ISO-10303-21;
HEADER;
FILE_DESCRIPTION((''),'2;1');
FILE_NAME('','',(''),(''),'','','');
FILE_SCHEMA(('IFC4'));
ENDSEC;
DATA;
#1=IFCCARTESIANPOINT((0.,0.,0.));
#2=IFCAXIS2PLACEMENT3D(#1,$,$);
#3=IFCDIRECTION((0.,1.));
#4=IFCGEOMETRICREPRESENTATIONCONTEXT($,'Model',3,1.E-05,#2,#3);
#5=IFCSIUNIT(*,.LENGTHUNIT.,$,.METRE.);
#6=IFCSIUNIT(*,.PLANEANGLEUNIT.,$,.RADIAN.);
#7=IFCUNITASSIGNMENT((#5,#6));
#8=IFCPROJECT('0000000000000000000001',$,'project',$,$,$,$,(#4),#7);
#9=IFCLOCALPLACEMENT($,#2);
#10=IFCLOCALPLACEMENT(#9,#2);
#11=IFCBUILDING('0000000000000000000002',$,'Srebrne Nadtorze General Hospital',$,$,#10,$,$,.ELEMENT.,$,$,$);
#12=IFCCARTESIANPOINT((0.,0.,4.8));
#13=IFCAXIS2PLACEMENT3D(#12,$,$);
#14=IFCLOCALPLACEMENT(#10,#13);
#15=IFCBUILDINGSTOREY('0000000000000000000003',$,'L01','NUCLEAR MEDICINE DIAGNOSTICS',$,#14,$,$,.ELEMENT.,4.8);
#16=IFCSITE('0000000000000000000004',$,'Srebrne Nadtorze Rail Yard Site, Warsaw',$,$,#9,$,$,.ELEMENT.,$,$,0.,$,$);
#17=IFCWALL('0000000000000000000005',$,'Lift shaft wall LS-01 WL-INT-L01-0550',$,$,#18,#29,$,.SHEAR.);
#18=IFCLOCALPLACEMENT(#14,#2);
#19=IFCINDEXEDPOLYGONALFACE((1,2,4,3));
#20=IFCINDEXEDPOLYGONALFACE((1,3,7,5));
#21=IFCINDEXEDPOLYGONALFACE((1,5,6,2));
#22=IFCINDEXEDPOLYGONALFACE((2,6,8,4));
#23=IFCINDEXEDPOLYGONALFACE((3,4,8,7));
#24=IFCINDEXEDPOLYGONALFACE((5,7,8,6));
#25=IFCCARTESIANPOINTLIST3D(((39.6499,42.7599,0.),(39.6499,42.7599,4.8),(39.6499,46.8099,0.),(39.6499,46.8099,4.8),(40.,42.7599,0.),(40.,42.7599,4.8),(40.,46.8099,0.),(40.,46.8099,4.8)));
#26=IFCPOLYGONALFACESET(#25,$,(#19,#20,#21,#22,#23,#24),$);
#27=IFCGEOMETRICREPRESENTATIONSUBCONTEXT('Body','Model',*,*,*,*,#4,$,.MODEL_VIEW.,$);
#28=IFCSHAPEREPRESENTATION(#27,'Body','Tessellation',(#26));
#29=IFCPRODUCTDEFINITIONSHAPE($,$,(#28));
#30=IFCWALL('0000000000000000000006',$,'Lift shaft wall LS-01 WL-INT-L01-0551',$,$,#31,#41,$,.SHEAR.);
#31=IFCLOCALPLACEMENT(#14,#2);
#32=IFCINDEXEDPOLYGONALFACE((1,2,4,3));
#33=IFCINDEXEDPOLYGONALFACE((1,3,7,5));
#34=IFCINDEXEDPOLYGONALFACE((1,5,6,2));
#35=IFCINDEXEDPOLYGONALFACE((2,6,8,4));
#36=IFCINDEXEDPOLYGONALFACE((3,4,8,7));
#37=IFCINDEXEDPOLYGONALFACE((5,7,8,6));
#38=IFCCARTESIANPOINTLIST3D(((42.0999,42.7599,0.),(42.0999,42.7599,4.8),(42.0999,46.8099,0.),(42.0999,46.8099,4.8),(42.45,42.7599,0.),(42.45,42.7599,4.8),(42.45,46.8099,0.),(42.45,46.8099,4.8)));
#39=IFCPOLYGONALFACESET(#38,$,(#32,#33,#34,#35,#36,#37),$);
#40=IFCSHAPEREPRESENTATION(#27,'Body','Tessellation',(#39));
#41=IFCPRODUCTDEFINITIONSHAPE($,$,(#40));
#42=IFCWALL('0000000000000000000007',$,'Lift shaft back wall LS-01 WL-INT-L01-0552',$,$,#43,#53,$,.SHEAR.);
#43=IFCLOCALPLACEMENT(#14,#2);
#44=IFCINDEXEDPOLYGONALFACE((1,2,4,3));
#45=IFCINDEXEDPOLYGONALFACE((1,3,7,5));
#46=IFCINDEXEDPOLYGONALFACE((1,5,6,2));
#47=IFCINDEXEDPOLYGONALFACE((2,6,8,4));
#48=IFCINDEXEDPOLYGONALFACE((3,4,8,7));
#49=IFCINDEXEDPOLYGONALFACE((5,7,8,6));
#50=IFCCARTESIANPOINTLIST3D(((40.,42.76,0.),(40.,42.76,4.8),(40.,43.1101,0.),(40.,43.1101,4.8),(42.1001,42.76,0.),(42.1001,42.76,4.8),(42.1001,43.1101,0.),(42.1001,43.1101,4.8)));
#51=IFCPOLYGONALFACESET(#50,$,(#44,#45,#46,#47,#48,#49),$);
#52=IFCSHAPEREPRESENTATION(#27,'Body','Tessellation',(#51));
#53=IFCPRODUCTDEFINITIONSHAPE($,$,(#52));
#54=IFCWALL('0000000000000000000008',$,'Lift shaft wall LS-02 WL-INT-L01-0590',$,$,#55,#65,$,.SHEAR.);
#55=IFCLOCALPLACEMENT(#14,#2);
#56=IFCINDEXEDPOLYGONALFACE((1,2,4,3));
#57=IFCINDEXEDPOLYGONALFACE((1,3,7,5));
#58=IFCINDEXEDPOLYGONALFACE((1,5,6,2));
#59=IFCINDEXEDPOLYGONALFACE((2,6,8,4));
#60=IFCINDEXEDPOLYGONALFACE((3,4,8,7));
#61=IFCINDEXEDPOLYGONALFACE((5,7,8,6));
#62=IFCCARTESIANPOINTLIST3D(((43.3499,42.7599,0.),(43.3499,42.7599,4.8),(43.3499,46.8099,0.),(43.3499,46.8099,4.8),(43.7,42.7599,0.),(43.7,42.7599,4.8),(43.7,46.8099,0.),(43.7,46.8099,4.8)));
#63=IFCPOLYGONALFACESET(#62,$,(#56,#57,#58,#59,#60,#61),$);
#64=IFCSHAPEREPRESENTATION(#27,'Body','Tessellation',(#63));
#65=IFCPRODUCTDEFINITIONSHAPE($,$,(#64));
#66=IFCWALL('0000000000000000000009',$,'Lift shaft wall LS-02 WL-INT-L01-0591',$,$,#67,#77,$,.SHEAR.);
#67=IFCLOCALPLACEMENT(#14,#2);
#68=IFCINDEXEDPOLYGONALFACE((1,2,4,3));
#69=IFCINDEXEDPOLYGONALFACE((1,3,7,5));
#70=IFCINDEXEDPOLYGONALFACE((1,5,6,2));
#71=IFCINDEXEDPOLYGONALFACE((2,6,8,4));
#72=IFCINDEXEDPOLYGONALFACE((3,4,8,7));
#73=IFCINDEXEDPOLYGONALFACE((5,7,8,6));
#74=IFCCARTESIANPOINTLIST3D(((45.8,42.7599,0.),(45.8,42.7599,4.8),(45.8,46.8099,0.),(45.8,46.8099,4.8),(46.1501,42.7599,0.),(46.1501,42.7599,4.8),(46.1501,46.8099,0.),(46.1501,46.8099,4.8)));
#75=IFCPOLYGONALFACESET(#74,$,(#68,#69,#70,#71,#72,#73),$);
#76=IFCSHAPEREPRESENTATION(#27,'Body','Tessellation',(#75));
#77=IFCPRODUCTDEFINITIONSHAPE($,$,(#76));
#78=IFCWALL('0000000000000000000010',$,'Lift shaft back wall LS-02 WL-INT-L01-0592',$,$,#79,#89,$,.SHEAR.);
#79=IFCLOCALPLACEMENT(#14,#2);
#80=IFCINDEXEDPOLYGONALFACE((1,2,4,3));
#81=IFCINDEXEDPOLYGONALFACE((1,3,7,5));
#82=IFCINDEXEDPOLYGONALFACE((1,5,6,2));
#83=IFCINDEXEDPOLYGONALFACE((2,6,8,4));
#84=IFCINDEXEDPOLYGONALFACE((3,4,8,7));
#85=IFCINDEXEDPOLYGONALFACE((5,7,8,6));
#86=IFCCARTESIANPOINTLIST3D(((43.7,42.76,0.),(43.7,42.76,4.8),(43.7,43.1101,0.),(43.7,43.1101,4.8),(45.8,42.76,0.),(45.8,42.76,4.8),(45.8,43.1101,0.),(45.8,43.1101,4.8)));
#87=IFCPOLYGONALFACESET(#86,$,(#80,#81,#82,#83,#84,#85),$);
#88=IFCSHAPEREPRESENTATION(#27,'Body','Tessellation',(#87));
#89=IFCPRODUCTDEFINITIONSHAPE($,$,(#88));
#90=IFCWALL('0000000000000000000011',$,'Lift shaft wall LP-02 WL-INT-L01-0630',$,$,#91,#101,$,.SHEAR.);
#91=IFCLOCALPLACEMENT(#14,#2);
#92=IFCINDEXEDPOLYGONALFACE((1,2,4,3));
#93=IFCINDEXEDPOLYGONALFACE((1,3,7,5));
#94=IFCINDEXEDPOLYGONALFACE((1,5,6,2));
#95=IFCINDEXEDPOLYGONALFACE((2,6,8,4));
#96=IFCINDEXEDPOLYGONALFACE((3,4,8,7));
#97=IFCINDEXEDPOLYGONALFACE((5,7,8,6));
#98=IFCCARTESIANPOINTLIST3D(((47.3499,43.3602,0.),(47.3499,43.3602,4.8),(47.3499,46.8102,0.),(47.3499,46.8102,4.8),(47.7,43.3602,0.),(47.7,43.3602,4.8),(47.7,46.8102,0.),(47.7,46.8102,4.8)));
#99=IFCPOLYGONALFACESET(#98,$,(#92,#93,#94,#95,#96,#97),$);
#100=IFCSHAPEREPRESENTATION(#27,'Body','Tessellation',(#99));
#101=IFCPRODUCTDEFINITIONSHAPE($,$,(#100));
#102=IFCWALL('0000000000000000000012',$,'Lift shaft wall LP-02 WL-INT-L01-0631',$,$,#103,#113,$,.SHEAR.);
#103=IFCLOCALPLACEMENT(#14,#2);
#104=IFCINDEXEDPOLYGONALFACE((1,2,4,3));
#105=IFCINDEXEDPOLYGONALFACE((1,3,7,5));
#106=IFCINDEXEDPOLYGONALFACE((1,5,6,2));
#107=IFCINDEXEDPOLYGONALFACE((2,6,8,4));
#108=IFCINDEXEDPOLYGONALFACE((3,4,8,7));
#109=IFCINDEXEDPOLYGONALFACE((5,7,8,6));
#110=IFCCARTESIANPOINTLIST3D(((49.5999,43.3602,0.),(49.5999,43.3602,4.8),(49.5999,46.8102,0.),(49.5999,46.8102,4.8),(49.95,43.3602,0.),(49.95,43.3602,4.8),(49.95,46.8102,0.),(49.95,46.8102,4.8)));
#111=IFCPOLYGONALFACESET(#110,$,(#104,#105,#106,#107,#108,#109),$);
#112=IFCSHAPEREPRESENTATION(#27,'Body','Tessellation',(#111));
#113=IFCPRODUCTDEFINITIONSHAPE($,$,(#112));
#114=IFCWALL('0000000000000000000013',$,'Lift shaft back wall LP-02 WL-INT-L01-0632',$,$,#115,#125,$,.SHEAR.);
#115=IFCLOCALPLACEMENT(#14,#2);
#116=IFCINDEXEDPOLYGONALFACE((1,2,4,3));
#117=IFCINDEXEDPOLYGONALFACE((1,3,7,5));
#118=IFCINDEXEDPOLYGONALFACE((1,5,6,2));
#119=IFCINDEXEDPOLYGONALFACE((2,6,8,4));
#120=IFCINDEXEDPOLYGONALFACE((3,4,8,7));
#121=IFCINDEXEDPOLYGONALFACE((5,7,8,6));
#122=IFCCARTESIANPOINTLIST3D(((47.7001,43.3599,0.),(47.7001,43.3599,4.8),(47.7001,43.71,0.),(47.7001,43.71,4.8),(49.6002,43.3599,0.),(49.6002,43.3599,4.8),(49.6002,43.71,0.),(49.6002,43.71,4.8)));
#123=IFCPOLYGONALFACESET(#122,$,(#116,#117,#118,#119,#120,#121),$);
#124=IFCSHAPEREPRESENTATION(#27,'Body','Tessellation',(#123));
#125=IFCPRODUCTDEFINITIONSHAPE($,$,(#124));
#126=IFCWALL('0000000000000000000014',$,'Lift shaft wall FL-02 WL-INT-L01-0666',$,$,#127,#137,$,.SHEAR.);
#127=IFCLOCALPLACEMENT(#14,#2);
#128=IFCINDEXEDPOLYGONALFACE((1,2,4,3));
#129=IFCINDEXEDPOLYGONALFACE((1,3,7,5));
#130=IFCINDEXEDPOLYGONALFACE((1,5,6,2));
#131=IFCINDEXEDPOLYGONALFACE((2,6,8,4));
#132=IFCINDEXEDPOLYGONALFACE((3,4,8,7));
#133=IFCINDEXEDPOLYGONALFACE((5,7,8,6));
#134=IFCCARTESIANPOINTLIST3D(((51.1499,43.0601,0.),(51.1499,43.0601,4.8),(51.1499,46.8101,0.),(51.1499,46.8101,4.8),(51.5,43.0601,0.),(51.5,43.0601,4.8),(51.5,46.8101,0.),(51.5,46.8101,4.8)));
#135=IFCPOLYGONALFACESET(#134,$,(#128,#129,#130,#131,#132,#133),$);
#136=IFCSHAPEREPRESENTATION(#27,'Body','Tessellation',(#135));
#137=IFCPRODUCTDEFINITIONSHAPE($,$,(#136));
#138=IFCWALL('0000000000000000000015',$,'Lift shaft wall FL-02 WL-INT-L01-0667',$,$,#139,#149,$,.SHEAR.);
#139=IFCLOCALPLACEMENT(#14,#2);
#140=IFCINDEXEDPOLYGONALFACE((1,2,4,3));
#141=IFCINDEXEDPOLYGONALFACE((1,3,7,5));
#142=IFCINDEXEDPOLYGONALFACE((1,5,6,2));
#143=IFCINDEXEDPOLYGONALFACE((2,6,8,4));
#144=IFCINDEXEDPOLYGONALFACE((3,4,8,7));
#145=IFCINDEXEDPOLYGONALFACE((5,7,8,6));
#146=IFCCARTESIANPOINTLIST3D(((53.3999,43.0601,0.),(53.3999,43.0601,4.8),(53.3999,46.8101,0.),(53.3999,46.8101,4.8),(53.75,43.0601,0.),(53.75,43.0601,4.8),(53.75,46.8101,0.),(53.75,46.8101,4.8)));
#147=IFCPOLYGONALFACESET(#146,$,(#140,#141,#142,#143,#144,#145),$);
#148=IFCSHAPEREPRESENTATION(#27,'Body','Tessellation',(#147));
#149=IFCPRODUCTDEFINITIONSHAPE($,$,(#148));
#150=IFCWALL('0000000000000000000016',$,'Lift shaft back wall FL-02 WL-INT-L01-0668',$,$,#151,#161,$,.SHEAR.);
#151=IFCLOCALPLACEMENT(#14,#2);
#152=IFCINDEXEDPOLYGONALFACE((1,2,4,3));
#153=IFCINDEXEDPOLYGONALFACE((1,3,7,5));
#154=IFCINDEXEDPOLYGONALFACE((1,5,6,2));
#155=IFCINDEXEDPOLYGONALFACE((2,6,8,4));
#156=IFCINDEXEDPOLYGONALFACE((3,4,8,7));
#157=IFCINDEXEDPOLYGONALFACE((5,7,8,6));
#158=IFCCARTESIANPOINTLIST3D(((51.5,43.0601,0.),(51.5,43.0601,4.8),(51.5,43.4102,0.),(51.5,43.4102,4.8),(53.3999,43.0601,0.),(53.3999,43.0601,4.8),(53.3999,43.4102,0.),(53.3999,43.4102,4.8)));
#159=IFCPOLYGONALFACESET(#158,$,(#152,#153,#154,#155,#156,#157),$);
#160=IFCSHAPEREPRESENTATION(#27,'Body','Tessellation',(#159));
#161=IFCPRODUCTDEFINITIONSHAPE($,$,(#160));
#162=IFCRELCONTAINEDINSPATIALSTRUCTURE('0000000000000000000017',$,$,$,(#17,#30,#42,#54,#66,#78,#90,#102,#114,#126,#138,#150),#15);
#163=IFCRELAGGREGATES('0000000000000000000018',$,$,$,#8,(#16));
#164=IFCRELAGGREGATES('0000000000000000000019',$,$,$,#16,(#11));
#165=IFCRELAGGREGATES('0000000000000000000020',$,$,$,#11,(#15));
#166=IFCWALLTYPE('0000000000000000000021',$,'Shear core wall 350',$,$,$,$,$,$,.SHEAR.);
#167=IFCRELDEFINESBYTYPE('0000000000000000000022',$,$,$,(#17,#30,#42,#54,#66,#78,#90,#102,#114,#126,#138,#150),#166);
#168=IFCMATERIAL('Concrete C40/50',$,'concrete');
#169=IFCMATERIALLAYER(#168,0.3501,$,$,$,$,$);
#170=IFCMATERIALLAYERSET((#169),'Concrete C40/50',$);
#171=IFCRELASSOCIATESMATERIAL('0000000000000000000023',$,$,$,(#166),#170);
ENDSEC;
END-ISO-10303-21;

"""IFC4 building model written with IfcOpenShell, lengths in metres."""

from ifc_helpers import new_model, si_unit, direction, frame, frame_2d, origin, place, context, subcontext, project, spatial, rectangle, extrude, material, layer, layer_set, type_object, element, save


model = new_model("IFC4")

# Units and contexts
model_context = context("Model", 3, precision=1e-05, world=origin(), true_north=direction((0.0, 1.0)))
body_context = subcontext(model_context, "Body", "Model", "MODEL_VIEW")
ifc_project = project(units=[si_unit("LENGTHUNIT", "METRE"), si_unit("PLANEANGLEUNIT", "RADIAN")], contexts=[model_context])

# Site, building, storey
site_placement = place(None, origin())
site = spatial("IfcSite", under=ifc_project, at=site_placement, Name="Srebrne Nadtorze Rail Yard Site, Warsaw", CompositionType="ELEMENT", RefElevation=0.0)
building_placement = place(site_placement, origin())
building = spatial("IfcBuilding", under=site, at=building_placement, Name="Srebrne Nadtorze General Hospital", CompositionType="ELEMENT")
storey_placement = place(building_placement, frame((0.0, 0.0, 4.8)))
storey = spatial("IfcBuildingStorey", under=building, at=storey_placement, Name="L01", Description="NUCLEAR MEDICINE DIAGNOSTICS", CompositionType="ELEMENT", Elevation=4.8)

# Shared definitions
ifc_material_1 = material(Name="Concrete C40/50", Category="concrete")
ifc_layer_1 = layer(ifc_material_1, 0.3501)
ifc_layer_set_1 = layer_set([ifc_layer_1], Name="Concrete C40/50")
wall_type_1 = type_object("IfcWallType", Name="Shear core wall 350", PredefinedType="SHEAR", material=ifc_layer_set_1)

# Walls
for number, where, z_axis, x_axis, name in (
    (1, (39.825, 42.76, 0.0), (0.0, 0.0, 1.0), (0.0, 1.0, 0.0), "Lift shaft wall LS-01 WL-INT-L01-0550"),
    (2, (42.2749, 42.76, 0.0), (0.0, 0.0, 1.0), (0.0, 1.0, 0.0), "Lift shaft wall LS-01 WL-INT-L01-0551"),
):
    element("IfcWall", number, at=place(storey_placement, frame(where, z_axis=z_axis, x_axis=x_axis)), inside=storey, type_object=wall_type_1, Name=name, PredefinedType="SHEAR", context=body_context, shape_type="SweptSolid", body=[
        extrude(rectangle(XDim=4.05, YDim=0.3501, at=frame_2d((2.0249, 0.0))), origin(), (0.0, 0.0, 1.0), 4.8),
    ])
wall_1_placement = place(storey_placement, frame((40.0, 42.9351, 0.0), z_axis=(0.0, 0.0, 1.0), x_axis=(1.0, 0.0, 0.0)))
element("IfcWall", 3, at=wall_1_placement, inside=storey, type_object=wall_type_1, Name="Lift shaft back wall LS-01 WL-INT-L01-0552", PredefinedType="SHEAR", context=body_context, shape_type="SweptSolid", body=[
    extrude(rectangle(XDim=2.1001, YDim=0.3501, at=frame_2d((1.05, 0.0))), origin(), (0.0, 0.0, 1.0), 4.8),
])
for number, where, z_axis, x_axis, name in (
    (4, (43.5249, 42.76, 0.0), (0.0, 0.0, 1.0), (0.0, 1.0, 0.0), "Lift shaft wall LS-02 WL-INT-L01-0590"),
    (5, (45.9751, 42.76, 0.0), (0.0, 0.0, 1.0), (0.0, 1.0, 0.0), "Lift shaft wall LS-02 WL-INT-L01-0591"),
):
    element("IfcWall", number, at=place(storey_placement, frame(where, z_axis=z_axis, x_axis=x_axis)), inside=storey, type_object=wall_type_1, Name=name, PredefinedType="SHEAR", context=body_context, shape_type="SweptSolid", body=[
        extrude(rectangle(XDim=4.05, YDim=0.3501, at=frame_2d((2.0249, 0.0))), origin(), (0.0, 0.0, 1.0), 4.8),
    ])
wall_2_placement = place(storey_placement, frame((43.7, 42.9351, 0.0), z_axis=(0.0, 0.0, 1.0), x_axis=(1.0, 0.0, 0.0)))
element("IfcWall", 6, at=wall_2_placement, inside=storey, type_object=wall_type_1, Name="Lift shaft back wall LS-02 WL-INT-L01-0592", PredefinedType="SHEAR", context=body_context, shape_type="SweptSolid", body=[
    extrude(rectangle(XDim=2.1001, YDim=0.3501, at=frame_2d((1.05, 0.0))), origin(), (0.0, 0.0, 1.0), 4.8),
])
for number, where, z_axis, x_axis, name in (
    (7, (47.5249, 43.3601, 0.0), (0.0, 0.0, 1.0), (0.0, 1.0, 0.0), "Lift shaft wall LP-02 WL-INT-L01-0630"),
    (8, (49.7749, 43.3601, 0.0), (0.0, 0.0, 1.0), (0.0, 1.0, 0.0), "Lift shaft wall LP-02 WL-INT-L01-0631"),
):
    element("IfcWall", number, at=place(storey_placement, frame(where, z_axis=z_axis, x_axis=x_axis)), inside=storey, type_object=wall_type_1, Name=name, PredefinedType="SHEAR", context=body_context, shape_type="SweptSolid", body=[
        extrude(rectangle(XDim=3.45, YDim=0.3501, at=frame_2d((1.7251, 0.0))), origin(), (0.0, 0.0, 1.0), 4.8),
    ])
wall_3_placement = place(storey_placement, frame((47.7, 43.5349, 0.0), z_axis=(0.0, 0.0, 1.0), x_axis=(1.0, 0.0, 0.0)))
element("IfcWall", 9, at=wall_3_placement, inside=storey, type_object=wall_type_1, Name="Lift shaft back wall LP-02 WL-INT-L01-0632", PredefinedType="SHEAR", context=body_context, shape_type="SweptSolid", body=[
    extrude(rectangle(XDim=1.9001, YDim=0.3501, at=frame_2d((0.9502, 0.0))), origin(), (0.0, 0.0, 1.0), 4.8),
])
for number, where, z_axis, x_axis, name in (
    (10, (51.325, 43.0601, 0.0), (0.0, 0.0, 1.0), (0.0, 1.0, 0.0), "Lift shaft wall FL-02 WL-INT-L01-0666"),
    (11, (53.575, 43.0601, 0.0), (0.0, 0.0, 1.0), (0.0, 1.0, 0.0), "Lift shaft wall FL-02 WL-INT-L01-0667"),
):
    element("IfcWall", number, at=place(storey_placement, frame(where, z_axis=z_axis, x_axis=x_axis)), inside=storey, type_object=wall_type_1, Name=name, PredefinedType="SHEAR", context=body_context, shape_type="SweptSolid", body=[
        extrude(rectangle(XDim=3.75, YDim=0.3501, at=frame_2d((1.875, 0.0))), origin(), (0.0, 0.0, 1.0), 4.8),
    ])
wall_4_placement = place(storey_placement, frame((51.5, 43.2351, 0.0), z_axis=(0.0, 0.0, 1.0), x_axis=(1.0, 0.0, 0.0)))
element("IfcWall", 12, at=wall_4_placement, inside=storey, type_object=wall_type_1, Name="Lift shaft back wall FL-02 WL-INT-L01-0668", PredefinedType="SHEAR", context=body_context, shape_type="SweptSolid", body=[
    extrude(rectangle(XDim=1.8999, YDim=0.3501, at=frame_2d((0.95, 0.0))), origin(), (0.0, 0.0, 1.0), 4.8),
])

save(model, "model.ifc")
